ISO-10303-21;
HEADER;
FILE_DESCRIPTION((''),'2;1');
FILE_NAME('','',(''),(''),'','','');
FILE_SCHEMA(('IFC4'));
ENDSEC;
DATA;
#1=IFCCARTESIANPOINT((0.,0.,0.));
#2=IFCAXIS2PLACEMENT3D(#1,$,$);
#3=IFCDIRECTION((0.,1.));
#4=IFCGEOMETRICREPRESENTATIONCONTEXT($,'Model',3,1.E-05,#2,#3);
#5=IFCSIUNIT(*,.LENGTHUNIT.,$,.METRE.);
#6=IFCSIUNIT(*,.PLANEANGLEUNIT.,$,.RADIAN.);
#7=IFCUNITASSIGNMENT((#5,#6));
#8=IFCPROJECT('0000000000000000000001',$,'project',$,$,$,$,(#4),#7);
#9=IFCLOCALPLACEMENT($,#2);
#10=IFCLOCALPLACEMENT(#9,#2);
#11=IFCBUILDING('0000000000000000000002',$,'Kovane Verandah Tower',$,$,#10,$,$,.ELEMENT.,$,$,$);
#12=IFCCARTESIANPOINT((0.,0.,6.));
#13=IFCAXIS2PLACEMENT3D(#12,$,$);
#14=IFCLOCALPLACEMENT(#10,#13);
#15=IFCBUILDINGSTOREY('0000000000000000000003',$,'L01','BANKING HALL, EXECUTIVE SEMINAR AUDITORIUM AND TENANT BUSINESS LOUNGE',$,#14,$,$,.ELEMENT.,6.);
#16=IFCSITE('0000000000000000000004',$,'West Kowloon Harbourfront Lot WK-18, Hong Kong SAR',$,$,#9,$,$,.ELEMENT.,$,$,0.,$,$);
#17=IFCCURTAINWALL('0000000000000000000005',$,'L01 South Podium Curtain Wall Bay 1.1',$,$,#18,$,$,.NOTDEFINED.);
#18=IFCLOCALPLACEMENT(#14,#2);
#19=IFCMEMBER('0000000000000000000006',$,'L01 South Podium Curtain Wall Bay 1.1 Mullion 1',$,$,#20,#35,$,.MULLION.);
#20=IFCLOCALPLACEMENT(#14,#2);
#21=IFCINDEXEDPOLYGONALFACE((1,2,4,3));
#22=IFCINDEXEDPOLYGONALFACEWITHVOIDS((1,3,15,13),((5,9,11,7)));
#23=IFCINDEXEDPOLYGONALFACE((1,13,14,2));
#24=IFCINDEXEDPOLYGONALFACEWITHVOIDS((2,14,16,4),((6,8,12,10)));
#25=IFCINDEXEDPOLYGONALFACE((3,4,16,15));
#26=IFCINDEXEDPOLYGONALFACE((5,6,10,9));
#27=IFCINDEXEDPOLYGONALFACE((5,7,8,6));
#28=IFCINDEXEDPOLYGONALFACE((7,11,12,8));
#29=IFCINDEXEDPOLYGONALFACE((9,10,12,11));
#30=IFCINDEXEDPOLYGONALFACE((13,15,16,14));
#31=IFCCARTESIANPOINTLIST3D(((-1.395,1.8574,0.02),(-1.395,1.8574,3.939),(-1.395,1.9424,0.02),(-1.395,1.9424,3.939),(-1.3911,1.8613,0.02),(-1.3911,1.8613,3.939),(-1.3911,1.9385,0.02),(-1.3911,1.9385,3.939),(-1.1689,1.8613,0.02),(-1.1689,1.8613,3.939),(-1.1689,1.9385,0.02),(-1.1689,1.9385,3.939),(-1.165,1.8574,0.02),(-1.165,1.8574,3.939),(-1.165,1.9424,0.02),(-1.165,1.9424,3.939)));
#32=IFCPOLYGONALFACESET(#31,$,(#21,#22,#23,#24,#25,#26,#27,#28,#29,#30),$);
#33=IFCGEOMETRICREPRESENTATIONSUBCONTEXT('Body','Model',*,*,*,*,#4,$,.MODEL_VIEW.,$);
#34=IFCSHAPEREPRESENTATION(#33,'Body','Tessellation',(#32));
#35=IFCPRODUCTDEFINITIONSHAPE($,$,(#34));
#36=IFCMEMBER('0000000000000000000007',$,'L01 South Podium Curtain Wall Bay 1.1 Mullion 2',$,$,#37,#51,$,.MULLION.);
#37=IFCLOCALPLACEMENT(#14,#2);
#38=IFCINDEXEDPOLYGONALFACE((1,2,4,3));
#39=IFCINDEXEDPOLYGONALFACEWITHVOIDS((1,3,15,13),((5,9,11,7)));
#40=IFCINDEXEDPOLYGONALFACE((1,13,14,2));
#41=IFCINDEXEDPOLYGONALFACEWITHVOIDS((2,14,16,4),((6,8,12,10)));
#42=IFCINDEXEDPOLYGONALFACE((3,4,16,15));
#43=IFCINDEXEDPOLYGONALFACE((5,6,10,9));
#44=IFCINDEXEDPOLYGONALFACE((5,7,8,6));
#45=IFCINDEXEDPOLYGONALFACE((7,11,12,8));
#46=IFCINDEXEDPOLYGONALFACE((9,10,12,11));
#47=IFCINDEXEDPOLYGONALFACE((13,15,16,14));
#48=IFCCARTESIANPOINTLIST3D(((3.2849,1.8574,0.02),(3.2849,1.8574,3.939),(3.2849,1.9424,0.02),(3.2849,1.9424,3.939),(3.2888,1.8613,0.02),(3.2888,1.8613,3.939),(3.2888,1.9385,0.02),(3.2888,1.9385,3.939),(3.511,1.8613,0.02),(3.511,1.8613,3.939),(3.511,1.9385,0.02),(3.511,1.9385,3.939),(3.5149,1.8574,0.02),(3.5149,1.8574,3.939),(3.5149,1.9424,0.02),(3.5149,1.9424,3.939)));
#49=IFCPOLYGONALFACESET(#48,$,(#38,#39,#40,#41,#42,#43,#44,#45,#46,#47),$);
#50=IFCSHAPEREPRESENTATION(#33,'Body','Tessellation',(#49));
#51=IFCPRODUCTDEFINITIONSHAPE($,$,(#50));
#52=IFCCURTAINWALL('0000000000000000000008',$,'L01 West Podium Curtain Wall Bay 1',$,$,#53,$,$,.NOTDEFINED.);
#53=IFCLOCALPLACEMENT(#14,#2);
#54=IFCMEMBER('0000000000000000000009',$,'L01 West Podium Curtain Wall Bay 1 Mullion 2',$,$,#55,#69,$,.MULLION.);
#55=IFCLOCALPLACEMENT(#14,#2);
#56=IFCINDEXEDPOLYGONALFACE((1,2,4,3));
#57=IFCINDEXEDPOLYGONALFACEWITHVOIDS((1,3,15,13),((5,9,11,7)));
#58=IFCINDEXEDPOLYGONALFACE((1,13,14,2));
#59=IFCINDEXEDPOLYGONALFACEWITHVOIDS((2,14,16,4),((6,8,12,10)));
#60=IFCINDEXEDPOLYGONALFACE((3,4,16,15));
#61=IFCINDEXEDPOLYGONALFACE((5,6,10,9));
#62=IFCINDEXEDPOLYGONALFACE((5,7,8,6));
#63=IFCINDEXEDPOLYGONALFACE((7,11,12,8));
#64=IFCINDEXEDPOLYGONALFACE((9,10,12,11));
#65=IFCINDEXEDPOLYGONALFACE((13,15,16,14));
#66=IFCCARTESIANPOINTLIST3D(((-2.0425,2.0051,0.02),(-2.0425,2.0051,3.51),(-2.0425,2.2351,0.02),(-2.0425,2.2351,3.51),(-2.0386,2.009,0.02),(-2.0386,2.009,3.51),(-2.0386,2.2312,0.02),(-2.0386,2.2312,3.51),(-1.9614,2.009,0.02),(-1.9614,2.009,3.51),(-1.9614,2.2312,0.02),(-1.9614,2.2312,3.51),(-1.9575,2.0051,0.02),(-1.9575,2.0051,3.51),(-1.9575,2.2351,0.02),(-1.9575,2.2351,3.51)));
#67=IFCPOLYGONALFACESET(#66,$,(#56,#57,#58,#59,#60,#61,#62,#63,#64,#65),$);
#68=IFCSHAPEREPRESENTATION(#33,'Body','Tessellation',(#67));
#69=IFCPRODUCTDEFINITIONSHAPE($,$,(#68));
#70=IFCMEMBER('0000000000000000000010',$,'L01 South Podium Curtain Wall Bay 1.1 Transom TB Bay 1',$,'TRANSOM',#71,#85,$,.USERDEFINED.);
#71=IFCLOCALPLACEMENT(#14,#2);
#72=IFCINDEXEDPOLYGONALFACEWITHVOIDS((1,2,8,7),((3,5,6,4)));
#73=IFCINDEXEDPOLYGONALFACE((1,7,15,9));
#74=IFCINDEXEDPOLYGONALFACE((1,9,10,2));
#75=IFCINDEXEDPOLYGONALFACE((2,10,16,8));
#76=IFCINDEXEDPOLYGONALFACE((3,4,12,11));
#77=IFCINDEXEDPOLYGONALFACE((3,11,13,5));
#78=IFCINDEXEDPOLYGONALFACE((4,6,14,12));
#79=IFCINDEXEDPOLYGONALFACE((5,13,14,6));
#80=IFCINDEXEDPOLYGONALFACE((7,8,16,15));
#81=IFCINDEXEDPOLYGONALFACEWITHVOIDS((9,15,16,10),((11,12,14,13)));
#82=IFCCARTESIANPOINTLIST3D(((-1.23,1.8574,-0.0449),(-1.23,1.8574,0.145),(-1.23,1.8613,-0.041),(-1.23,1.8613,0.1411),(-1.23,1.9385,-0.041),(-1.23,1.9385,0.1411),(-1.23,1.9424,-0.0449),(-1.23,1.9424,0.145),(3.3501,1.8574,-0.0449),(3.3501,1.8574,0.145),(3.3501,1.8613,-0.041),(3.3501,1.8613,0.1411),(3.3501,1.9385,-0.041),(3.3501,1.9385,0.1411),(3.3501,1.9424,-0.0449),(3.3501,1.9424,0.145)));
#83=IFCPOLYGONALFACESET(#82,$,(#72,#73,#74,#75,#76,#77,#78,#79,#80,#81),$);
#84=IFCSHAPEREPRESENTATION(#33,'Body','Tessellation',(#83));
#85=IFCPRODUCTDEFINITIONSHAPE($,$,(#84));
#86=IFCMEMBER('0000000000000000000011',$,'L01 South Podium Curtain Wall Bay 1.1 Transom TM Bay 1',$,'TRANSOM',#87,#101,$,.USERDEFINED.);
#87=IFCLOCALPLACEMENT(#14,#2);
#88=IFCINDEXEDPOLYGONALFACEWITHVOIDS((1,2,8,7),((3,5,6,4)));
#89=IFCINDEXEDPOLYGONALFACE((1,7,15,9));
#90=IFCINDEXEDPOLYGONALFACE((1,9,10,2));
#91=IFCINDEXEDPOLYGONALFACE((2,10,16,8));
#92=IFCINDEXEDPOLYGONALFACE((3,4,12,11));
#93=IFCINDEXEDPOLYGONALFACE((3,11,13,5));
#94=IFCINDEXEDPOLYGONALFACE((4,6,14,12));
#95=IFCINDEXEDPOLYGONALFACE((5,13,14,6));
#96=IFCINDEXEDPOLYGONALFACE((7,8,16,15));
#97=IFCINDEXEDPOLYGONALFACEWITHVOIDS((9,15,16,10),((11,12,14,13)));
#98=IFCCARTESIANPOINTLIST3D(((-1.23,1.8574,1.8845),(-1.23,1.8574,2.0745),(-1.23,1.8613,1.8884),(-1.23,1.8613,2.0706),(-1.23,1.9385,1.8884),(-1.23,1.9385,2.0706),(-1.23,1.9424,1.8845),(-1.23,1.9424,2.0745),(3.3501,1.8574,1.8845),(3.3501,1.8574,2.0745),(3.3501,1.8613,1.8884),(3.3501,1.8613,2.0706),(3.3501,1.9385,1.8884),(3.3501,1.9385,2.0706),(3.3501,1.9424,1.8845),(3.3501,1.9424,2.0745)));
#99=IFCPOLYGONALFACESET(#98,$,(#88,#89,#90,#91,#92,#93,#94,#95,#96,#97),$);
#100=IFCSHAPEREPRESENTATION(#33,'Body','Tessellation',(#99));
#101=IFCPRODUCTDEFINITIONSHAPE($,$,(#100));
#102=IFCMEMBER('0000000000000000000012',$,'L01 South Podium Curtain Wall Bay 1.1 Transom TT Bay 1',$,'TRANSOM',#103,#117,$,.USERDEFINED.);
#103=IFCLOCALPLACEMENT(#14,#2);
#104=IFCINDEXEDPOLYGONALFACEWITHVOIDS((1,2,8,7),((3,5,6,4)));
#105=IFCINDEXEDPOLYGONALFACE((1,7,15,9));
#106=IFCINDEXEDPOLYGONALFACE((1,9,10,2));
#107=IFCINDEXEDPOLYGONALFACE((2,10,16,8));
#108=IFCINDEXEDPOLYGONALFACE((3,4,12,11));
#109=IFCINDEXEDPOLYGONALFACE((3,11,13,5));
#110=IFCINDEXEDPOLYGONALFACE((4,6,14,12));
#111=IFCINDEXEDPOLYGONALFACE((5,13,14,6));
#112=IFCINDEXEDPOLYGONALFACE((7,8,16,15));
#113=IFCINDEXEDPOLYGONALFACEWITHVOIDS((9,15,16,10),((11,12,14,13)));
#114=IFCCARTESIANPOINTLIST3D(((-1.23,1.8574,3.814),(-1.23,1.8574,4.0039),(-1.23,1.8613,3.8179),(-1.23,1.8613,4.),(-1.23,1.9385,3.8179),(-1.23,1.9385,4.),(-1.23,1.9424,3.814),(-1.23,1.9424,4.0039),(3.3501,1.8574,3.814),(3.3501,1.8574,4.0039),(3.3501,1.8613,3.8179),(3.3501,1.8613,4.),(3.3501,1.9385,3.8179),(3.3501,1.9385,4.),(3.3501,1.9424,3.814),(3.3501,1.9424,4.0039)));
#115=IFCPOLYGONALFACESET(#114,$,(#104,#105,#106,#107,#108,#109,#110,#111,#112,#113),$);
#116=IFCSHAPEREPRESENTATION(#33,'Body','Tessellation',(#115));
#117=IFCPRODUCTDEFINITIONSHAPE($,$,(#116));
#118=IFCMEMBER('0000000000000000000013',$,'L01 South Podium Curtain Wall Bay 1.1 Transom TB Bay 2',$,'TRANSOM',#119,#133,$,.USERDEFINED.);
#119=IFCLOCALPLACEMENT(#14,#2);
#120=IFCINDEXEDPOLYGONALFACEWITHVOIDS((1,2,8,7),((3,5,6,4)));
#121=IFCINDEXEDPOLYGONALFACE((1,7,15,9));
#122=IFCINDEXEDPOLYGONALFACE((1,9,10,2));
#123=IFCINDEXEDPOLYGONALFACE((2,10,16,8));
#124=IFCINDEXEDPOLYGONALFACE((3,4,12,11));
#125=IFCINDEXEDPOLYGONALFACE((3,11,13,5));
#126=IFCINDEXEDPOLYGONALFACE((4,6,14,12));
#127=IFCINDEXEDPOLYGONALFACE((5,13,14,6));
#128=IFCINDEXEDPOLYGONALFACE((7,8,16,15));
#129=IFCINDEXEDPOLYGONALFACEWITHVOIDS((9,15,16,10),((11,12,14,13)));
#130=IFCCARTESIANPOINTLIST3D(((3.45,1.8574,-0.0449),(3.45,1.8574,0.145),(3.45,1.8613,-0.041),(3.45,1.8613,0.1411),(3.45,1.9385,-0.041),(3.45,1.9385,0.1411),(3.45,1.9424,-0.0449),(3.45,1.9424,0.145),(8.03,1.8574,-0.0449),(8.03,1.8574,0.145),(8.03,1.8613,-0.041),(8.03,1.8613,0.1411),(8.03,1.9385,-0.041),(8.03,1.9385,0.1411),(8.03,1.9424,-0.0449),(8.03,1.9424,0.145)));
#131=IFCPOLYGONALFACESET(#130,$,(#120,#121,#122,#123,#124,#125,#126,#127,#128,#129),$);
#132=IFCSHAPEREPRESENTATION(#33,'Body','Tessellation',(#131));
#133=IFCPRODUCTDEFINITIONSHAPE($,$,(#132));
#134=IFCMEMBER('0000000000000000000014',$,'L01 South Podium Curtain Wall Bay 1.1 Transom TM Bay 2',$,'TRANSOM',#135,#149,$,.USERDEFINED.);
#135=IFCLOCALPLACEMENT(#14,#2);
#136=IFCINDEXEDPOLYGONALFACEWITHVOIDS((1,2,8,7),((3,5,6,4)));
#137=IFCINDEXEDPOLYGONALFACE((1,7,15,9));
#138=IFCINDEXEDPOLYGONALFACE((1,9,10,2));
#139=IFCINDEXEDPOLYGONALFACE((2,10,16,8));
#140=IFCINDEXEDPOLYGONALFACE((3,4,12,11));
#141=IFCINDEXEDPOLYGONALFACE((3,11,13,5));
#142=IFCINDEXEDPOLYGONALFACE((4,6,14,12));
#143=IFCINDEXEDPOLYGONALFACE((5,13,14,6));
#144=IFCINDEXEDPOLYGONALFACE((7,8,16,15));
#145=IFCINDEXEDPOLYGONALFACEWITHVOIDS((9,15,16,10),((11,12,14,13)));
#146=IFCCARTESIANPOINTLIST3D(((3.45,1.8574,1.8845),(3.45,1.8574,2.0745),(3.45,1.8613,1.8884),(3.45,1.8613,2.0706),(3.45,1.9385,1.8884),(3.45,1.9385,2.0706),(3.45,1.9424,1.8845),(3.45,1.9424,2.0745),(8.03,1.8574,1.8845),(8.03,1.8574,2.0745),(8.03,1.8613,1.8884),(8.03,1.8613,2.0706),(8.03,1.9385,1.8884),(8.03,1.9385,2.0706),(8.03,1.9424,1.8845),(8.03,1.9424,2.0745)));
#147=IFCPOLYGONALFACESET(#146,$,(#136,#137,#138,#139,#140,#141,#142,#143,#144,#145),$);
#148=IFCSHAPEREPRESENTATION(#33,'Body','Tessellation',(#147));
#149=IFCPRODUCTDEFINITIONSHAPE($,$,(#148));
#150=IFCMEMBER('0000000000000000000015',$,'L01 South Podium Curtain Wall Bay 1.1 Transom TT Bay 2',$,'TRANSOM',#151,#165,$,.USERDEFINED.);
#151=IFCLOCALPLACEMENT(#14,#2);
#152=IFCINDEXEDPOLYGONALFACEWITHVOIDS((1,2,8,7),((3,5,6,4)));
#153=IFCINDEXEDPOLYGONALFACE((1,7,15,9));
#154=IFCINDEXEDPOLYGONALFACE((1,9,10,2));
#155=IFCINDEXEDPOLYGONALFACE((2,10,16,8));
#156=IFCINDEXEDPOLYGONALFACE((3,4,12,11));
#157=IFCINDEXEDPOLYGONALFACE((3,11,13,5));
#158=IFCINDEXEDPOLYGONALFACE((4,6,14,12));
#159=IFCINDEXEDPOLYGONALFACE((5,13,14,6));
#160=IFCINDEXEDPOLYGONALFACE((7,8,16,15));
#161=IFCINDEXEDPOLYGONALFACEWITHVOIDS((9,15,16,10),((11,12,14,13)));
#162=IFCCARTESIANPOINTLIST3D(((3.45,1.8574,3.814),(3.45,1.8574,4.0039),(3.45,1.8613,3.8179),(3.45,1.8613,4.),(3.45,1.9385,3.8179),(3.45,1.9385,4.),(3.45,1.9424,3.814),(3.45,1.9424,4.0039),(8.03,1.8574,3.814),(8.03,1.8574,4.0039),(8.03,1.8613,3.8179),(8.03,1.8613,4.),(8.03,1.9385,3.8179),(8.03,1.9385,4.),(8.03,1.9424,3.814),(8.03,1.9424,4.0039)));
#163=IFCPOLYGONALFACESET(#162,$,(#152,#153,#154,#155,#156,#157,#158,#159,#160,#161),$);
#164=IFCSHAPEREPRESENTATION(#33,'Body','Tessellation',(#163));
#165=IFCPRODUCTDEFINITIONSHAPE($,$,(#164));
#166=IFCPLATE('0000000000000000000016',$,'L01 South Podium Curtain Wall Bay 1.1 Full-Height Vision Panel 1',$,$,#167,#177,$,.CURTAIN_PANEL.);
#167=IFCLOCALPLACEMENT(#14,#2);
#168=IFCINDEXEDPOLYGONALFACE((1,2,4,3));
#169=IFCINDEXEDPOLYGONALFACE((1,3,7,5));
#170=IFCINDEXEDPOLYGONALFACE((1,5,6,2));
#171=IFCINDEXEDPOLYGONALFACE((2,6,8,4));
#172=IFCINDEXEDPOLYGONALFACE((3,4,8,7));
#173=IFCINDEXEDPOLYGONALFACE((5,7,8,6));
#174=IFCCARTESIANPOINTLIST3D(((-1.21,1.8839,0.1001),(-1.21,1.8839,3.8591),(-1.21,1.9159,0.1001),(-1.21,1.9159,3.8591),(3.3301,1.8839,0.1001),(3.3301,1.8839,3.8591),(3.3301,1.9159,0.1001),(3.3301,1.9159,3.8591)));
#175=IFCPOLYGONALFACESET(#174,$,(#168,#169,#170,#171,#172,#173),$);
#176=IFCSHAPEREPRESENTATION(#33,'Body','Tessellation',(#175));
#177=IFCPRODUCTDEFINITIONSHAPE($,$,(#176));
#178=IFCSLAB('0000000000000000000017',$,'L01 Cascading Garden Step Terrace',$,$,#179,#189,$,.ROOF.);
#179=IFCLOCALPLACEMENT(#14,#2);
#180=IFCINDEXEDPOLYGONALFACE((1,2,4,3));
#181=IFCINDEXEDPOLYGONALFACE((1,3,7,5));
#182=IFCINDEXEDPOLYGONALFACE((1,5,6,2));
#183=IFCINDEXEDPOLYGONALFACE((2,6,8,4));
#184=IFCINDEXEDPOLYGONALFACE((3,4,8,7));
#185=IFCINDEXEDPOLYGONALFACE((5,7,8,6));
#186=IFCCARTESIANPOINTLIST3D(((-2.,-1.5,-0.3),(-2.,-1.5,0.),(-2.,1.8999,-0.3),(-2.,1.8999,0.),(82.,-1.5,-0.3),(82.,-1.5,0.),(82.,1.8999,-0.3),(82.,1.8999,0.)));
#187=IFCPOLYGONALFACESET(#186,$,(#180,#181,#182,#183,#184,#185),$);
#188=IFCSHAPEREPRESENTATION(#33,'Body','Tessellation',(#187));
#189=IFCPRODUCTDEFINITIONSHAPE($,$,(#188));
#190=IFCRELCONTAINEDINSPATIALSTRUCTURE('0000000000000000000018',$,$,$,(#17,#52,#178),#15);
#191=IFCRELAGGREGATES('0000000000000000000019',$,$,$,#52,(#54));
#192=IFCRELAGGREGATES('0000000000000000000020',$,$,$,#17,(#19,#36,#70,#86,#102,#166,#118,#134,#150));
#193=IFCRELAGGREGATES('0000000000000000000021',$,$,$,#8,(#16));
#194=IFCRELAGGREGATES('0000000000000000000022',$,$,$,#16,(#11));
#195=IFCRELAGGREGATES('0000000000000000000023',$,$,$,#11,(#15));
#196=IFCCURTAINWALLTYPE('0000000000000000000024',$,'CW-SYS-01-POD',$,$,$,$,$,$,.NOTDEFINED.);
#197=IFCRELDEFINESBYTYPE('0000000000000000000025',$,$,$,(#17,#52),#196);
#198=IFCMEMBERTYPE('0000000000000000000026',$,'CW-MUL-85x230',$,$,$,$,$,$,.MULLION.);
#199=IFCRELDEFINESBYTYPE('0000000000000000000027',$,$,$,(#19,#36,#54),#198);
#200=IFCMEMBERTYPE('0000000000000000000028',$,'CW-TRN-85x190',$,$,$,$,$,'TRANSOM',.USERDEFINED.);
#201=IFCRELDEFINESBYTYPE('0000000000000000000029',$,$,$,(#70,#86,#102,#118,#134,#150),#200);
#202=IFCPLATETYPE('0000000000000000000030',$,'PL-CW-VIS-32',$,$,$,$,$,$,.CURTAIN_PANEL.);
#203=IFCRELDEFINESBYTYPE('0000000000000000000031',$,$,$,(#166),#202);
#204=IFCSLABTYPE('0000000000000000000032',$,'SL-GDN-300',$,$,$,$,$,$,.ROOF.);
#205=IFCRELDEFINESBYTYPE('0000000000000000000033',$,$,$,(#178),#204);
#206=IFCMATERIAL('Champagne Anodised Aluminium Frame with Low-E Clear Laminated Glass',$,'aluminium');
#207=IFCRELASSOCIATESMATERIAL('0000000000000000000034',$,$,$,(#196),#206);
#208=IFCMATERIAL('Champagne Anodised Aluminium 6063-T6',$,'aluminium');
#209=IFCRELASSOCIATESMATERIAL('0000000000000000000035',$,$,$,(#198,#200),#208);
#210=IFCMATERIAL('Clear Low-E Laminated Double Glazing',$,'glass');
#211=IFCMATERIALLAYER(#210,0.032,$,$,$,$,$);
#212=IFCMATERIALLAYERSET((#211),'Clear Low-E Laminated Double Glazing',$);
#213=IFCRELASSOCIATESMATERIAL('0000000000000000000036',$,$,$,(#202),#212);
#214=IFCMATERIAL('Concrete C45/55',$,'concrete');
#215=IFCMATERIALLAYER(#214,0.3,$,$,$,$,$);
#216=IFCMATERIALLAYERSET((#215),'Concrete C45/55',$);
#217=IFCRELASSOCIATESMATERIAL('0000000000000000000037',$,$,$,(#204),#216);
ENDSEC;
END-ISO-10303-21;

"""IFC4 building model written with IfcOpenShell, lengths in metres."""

from ifc_helpers import new_model, si_unit, direction, frame, origin, origin_2d, place, context, subcontext, project, spatial, polyline, rectangle, hollow_rectangle, outline, extrude, material, layer, layer_set, material_profile, profile_set, type_object, element, aggregate, save


model = new_model("IFC4")

# Units and contexts
model_context = context("Model", 3, precision=1e-05, world=origin(), true_north=direction((0.0, 1.0)))
body_context = subcontext(model_context, "Body", "Model", "MODEL_VIEW")
ifc_project = project(units=[si_unit("LENGTHUNIT", "METRE"), si_unit("PLANEANGLEUNIT", "RADIAN")], contexts=[model_context])

# Site, building, storey
site_placement = place(None, origin())
site = spatial("IfcSite", under=ifc_project, at=site_placement, Name="West Kowloon Harbourfront Lot WK-18, Hong Kong SAR", CompositionType="ELEMENT", RefElevation=0.0)
building_placement = place(site_placement, origin())
building = spatial("IfcBuilding", under=site, at=building_placement, Name="Kovane Verandah Tower", CompositionType="ELEMENT")
storey_placement = place(building_placement, frame((0.0, 0.0, 6.0)))
storey = spatial("IfcBuildingStorey", under=building, at=storey_placement, Name="L01", Description="BANKING HALL, EXECUTIVE SEMINAR AUDITORIUM AND TENANT BUSINESS LOUNGE", CompositionType="ELEMENT", Elevation=6.0)

# Curtain wall, members
ifc_material_1 = material(Name="Champagne Anodised Aluminium Frame with Low-E Clear Laminated Glass", Category="aluminium")
curtain_wall_type = type_object("IfcCurtainWallType", Name="CW-SYS-01-POD", PredefinedType="NOTDEFINED", material=ifc_material_1)
curtain_wall_1_placement = place(storey_placement, origin())
curtain_wall_1 = element("IfcCurtainWall", 1, at=curtain_wall_1_placement, inside=storey, type_object=curtain_wall_type, Name="L01 South Podium Curtain Wall Bay 1.1", PredefinedType="NOTDEFINED")
ifc_material_2 = material(Name="Champagne Anodised Aluminium 6063-T6", Category="aluminium")
ifc_material_profile_1 = material_profile(ifc_material_2, hollow_rectangle(XDim=0.085, YDim=0.23, WallThickness=0.0039, at=origin_2d()), Name="AL85x230x4")
ifc_profile_set_1 = profile_set([ifc_material_profile_1], Name="Champagne Anodised Aluminium 6063-T6")
member_type_1 = type_object("IfcMemberType", Name="CW-MUL-85x230", PredefinedType="MULLION", material=ifc_profile_set_1)
member_1_placement = place(storey_placement, frame((-1.28, 1.8999, 0.02), z_axis=(0.0, 0.0, 1.0), x_axis=(0.0, -1.0, 0.0)))
member_1 = element("IfcMember", 2, at=member_1_placement, type_object=member_type_1, Name="L01 South Podium Curtain Wall Bay 1.1 Mullion 1", PredefinedType="MULLION", context=body_context, shape_type="SweptSolid", body=[
    extrude(hollow_rectangle(XDim=0.085, YDim=0.23, WallThickness=0.0039, at=origin_2d()), origin(), (0.0, 0.0, 1.0), 3.9189),
])
member_2_placement = place(storey_placement, frame((3.3999, 1.8999, 0.02), z_axis=(0.0, 0.0, 1.0), x_axis=(0.0, -1.0, 0.0)))
member_2 = element("IfcMember", 3, at=member_2_placement, type_object=member_type_1, Name="L01 South Podium Curtain Wall Bay 1.1 Mullion 2", PredefinedType="MULLION", context=body_context, shape_type="SweptSolid", body=[
    extrude(hollow_rectangle(XDim=0.085, YDim=0.23, WallThickness=0.0039, at=origin_2d()), origin(), (0.0, 0.0, 1.0), 3.9189),
])

# Curtain wall, member
curtain_wall_2_placement = place(storey_placement, origin())
curtain_wall_2 = element("IfcCurtainWall", 4, at=curtain_wall_2_placement, inside=storey, type_object=curtain_wall_type, Name="L01 West Podium Curtain Wall Bay 1", PredefinedType="NOTDEFINED")
member_3_placement = place(storey_placement, frame((-2.0, 2.1201, 0.02), z_axis=(0.0, 0.0, 1.0), x_axis=(-1.0, 0.0, 0.0)))
member_3 = element("IfcMember", 5, at=member_3_placement, type_object=member_type_1, Name="L01 West Podium Curtain Wall Bay 1 Mullion 2", PredefinedType="MULLION", context=body_context, shape_type="SweptSolid", body=[
    extrude(hollow_rectangle(XDim=0.085, YDim=0.23, WallThickness=0.0039, at=origin_2d()), origin(), (0.0, 0.0, 1.0), 3.49),
])
aggregate(curtain_wall_2, [member_3])

# Members
ifc_material_profile_2 = material_profile(ifc_material_2, hollow_rectangle(XDim=0.085, YDim=0.1899, WallThickness=0.0039, at=origin_2d()), Name="AL85x190x4")
ifc_profile_set_2 = profile_set([ifc_material_profile_2], Name="Champagne Anodised Aluminium 6063-T6")
member_type_2 = type_object("IfcMemberType", Name="CW-TRN-85x190", ElementType="TRANSOM", PredefinedType="USERDEFINED", material=ifc_profile_set_2)
member_4_placement = place(storey_placement, frame((-1.23, 1.8999, 0.05), z_axis=(1.0, 0.0, 0.0), x_axis=(0.0, 1.0, 0.0)))
member_4 = element("IfcMember", 6, at=member_4_placement, type_object=member_type_2, Name="L01 South Podium Curtain Wall Bay 1.1 Transom TB Bay 1", ObjectType="TRANSOM", PredefinedType="USERDEFINED", context=body_context, shape_type="SweptSolid", body=[
    extrude(hollow_rectangle(XDim=0.085, YDim=0.1899, WallThickness=0.0039, at=origin_2d()), origin(), (0.0, 0.0, 1.0), 4.5801),
])
member_5_placement = place(storey_placement, frame((-1.23, 1.8999, 1.9795), z_axis=(1.0, 0.0, 0.0), x_axis=(0.0, 1.0, 0.0)))
member_5 = element("IfcMember", 7, at=member_5_placement, type_object=member_type_2, Name="L01 South Podium Curtain Wall Bay 1.1 Transom TM Bay 1", ObjectType="TRANSOM", PredefinedType="USERDEFINED", context=body_context, shape_type="SweptSolid", body=[
    extrude(hollow_rectangle(XDim=0.085, YDim=0.1899, WallThickness=0.0039, at=origin_2d()), origin(), (0.0, 0.0, 1.0), 4.5801),
])
member_6_placement = place(storey_placement, frame((-1.23, 1.8999, 3.9089), z_axis=(1.0, 0.0, 0.0), x_axis=(0.0, 1.0, 0.0)))
member_6 = element("IfcMember", 8, at=member_6_placement, type_object=member_type_2, Name="L01 South Podium Curtain Wall Bay 1.1 Transom TT Bay 1", ObjectType="TRANSOM", PredefinedType="USERDEFINED", context=body_context, shape_type="SweptSolid", body=[
    extrude(hollow_rectangle(XDim=0.085, YDim=0.1899, WallThickness=0.0039, at=origin_2d()), origin(), (0.0, 0.0, 1.0), 4.5801),
])
member_7_placement = place(storey_placement, frame((3.45, 1.8999, 0.05), z_axis=(1.0, 0.0, 0.0), x_axis=(0.0, 1.0, 0.0)))
member_7 = element("IfcMember", 9, at=member_7_placement, type_object=member_type_2, Name="L01 South Podium Curtain Wall Bay 1.1 Transom TB Bay 2", ObjectType="TRANSOM", PredefinedType="USERDEFINED", context=body_context, shape_type="SweptSolid", body=[
    extrude(hollow_rectangle(XDim=0.085, YDim=0.1899, WallThickness=0.0039, at=origin_2d()), origin(), (0.0, 0.0, 1.0), 4.5801),
])
member_8_placement = place(storey_placement, frame((3.45, 1.8999, 1.9795), z_axis=(1.0, 0.0, 0.0), x_axis=(0.0, 1.0, 0.0)))
member_8 = element("IfcMember", 10, at=member_8_placement, type_object=member_type_2, Name="L01 South Podium Curtain Wall Bay 1.1 Transom TM Bay 2", ObjectType="TRANSOM", PredefinedType="USERDEFINED", context=body_context, shape_type="SweptSolid", body=[
    extrude(hollow_rectangle(XDim=0.085, YDim=0.1899, WallThickness=0.0039, at=origin_2d()), origin(), (0.0, 0.0, 1.0), 4.5801),
])
member_9_placement = place(storey_placement, frame((3.45, 1.8999, 3.9089), z_axis=(1.0, 0.0, 0.0), x_axis=(0.0, 1.0, 0.0)))
member_9 = element("IfcMember", 11, at=member_9_placement, type_object=member_type_2, Name="L01 South Podium Curtain Wall Bay 1.1 Transom TT Bay 2", ObjectType="TRANSOM", PredefinedType="USERDEFINED", context=body_context, shape_type="SweptSolid", body=[
    extrude(hollow_rectangle(XDim=0.085, YDim=0.1899, WallThickness=0.0039, at=origin_2d()), origin(), (0.0, 0.0, 1.0), 4.5801),
])

# Plate
ifc_material_3 = material(Name="Clear Low-E Laminated Double Glazing", Category="glass")
ifc_layer_1 = layer(ifc_material_3, 0.032)
ifc_layer_set_1 = layer_set([ifc_layer_1], Name="Clear Low-E Laminated Double Glazing")
plate_type = type_object("IfcPlateType", Name="PL-CW-VIS-32", PredefinedType="CURTAIN_PANEL", material=ifc_layer_set_1)
plate_placement = place(storey_placement, frame((1.0601, 1.8999, 0.1001), z_axis=(0.0, 0.0, 1.0), x_axis=(1.0, 0.0, 0.0)))
plate = element("IfcPlate", 12, at=plate_placement, type_object=plate_type, Name="L01 South Podium Curtain Wall Bay 1.1 Full-Height Vision Panel 1", PredefinedType="CURTAIN_PANEL", context=body_context, shape_type="SweptSolid", body=[
    extrude(rectangle(XDim=4.54, YDim=0.032, at=origin_2d()), origin(), (0.0, 0.0, 1.0), 3.759),
])
aggregate(curtain_wall_1, [member_1, member_2, member_4, member_5, member_6, plate, member_7, member_8, member_9])

# Slab
ifc_material_4 = material(Name="Concrete C45/55", Category="concrete")
ifc_layer_2 = layer(ifc_material_4, 0.3)
ifc_layer_set_2 = layer_set([ifc_layer_2], Name="Concrete C45/55")
slab_type_1 = type_object("IfcSlabType", Name="SL-GDN-300", PredefinedType="ROOF", material=ifc_layer_set_2)
slab_1_placement = place(storey_placement, frame((0.0, 0.0, -0.3)))
element("IfcSlab", 13, at=slab_1_placement, inside=storey, type_object=slab_type_1, Name="L01 Cascading Garden Step Terrace", PredefinedType="ROOF", context=body_context, shape_type="SweptSolid", body=[
    extrude(outline(polyline([(-2.0, -1.5), (82.0, -1.5), (82.0, 1.8999), (-2.0, 1.8999), (-2.0, -1.5)])), origin(), (0.0, 0.0, 1.0), 0.3),
])

save(model, "model.ifc")
